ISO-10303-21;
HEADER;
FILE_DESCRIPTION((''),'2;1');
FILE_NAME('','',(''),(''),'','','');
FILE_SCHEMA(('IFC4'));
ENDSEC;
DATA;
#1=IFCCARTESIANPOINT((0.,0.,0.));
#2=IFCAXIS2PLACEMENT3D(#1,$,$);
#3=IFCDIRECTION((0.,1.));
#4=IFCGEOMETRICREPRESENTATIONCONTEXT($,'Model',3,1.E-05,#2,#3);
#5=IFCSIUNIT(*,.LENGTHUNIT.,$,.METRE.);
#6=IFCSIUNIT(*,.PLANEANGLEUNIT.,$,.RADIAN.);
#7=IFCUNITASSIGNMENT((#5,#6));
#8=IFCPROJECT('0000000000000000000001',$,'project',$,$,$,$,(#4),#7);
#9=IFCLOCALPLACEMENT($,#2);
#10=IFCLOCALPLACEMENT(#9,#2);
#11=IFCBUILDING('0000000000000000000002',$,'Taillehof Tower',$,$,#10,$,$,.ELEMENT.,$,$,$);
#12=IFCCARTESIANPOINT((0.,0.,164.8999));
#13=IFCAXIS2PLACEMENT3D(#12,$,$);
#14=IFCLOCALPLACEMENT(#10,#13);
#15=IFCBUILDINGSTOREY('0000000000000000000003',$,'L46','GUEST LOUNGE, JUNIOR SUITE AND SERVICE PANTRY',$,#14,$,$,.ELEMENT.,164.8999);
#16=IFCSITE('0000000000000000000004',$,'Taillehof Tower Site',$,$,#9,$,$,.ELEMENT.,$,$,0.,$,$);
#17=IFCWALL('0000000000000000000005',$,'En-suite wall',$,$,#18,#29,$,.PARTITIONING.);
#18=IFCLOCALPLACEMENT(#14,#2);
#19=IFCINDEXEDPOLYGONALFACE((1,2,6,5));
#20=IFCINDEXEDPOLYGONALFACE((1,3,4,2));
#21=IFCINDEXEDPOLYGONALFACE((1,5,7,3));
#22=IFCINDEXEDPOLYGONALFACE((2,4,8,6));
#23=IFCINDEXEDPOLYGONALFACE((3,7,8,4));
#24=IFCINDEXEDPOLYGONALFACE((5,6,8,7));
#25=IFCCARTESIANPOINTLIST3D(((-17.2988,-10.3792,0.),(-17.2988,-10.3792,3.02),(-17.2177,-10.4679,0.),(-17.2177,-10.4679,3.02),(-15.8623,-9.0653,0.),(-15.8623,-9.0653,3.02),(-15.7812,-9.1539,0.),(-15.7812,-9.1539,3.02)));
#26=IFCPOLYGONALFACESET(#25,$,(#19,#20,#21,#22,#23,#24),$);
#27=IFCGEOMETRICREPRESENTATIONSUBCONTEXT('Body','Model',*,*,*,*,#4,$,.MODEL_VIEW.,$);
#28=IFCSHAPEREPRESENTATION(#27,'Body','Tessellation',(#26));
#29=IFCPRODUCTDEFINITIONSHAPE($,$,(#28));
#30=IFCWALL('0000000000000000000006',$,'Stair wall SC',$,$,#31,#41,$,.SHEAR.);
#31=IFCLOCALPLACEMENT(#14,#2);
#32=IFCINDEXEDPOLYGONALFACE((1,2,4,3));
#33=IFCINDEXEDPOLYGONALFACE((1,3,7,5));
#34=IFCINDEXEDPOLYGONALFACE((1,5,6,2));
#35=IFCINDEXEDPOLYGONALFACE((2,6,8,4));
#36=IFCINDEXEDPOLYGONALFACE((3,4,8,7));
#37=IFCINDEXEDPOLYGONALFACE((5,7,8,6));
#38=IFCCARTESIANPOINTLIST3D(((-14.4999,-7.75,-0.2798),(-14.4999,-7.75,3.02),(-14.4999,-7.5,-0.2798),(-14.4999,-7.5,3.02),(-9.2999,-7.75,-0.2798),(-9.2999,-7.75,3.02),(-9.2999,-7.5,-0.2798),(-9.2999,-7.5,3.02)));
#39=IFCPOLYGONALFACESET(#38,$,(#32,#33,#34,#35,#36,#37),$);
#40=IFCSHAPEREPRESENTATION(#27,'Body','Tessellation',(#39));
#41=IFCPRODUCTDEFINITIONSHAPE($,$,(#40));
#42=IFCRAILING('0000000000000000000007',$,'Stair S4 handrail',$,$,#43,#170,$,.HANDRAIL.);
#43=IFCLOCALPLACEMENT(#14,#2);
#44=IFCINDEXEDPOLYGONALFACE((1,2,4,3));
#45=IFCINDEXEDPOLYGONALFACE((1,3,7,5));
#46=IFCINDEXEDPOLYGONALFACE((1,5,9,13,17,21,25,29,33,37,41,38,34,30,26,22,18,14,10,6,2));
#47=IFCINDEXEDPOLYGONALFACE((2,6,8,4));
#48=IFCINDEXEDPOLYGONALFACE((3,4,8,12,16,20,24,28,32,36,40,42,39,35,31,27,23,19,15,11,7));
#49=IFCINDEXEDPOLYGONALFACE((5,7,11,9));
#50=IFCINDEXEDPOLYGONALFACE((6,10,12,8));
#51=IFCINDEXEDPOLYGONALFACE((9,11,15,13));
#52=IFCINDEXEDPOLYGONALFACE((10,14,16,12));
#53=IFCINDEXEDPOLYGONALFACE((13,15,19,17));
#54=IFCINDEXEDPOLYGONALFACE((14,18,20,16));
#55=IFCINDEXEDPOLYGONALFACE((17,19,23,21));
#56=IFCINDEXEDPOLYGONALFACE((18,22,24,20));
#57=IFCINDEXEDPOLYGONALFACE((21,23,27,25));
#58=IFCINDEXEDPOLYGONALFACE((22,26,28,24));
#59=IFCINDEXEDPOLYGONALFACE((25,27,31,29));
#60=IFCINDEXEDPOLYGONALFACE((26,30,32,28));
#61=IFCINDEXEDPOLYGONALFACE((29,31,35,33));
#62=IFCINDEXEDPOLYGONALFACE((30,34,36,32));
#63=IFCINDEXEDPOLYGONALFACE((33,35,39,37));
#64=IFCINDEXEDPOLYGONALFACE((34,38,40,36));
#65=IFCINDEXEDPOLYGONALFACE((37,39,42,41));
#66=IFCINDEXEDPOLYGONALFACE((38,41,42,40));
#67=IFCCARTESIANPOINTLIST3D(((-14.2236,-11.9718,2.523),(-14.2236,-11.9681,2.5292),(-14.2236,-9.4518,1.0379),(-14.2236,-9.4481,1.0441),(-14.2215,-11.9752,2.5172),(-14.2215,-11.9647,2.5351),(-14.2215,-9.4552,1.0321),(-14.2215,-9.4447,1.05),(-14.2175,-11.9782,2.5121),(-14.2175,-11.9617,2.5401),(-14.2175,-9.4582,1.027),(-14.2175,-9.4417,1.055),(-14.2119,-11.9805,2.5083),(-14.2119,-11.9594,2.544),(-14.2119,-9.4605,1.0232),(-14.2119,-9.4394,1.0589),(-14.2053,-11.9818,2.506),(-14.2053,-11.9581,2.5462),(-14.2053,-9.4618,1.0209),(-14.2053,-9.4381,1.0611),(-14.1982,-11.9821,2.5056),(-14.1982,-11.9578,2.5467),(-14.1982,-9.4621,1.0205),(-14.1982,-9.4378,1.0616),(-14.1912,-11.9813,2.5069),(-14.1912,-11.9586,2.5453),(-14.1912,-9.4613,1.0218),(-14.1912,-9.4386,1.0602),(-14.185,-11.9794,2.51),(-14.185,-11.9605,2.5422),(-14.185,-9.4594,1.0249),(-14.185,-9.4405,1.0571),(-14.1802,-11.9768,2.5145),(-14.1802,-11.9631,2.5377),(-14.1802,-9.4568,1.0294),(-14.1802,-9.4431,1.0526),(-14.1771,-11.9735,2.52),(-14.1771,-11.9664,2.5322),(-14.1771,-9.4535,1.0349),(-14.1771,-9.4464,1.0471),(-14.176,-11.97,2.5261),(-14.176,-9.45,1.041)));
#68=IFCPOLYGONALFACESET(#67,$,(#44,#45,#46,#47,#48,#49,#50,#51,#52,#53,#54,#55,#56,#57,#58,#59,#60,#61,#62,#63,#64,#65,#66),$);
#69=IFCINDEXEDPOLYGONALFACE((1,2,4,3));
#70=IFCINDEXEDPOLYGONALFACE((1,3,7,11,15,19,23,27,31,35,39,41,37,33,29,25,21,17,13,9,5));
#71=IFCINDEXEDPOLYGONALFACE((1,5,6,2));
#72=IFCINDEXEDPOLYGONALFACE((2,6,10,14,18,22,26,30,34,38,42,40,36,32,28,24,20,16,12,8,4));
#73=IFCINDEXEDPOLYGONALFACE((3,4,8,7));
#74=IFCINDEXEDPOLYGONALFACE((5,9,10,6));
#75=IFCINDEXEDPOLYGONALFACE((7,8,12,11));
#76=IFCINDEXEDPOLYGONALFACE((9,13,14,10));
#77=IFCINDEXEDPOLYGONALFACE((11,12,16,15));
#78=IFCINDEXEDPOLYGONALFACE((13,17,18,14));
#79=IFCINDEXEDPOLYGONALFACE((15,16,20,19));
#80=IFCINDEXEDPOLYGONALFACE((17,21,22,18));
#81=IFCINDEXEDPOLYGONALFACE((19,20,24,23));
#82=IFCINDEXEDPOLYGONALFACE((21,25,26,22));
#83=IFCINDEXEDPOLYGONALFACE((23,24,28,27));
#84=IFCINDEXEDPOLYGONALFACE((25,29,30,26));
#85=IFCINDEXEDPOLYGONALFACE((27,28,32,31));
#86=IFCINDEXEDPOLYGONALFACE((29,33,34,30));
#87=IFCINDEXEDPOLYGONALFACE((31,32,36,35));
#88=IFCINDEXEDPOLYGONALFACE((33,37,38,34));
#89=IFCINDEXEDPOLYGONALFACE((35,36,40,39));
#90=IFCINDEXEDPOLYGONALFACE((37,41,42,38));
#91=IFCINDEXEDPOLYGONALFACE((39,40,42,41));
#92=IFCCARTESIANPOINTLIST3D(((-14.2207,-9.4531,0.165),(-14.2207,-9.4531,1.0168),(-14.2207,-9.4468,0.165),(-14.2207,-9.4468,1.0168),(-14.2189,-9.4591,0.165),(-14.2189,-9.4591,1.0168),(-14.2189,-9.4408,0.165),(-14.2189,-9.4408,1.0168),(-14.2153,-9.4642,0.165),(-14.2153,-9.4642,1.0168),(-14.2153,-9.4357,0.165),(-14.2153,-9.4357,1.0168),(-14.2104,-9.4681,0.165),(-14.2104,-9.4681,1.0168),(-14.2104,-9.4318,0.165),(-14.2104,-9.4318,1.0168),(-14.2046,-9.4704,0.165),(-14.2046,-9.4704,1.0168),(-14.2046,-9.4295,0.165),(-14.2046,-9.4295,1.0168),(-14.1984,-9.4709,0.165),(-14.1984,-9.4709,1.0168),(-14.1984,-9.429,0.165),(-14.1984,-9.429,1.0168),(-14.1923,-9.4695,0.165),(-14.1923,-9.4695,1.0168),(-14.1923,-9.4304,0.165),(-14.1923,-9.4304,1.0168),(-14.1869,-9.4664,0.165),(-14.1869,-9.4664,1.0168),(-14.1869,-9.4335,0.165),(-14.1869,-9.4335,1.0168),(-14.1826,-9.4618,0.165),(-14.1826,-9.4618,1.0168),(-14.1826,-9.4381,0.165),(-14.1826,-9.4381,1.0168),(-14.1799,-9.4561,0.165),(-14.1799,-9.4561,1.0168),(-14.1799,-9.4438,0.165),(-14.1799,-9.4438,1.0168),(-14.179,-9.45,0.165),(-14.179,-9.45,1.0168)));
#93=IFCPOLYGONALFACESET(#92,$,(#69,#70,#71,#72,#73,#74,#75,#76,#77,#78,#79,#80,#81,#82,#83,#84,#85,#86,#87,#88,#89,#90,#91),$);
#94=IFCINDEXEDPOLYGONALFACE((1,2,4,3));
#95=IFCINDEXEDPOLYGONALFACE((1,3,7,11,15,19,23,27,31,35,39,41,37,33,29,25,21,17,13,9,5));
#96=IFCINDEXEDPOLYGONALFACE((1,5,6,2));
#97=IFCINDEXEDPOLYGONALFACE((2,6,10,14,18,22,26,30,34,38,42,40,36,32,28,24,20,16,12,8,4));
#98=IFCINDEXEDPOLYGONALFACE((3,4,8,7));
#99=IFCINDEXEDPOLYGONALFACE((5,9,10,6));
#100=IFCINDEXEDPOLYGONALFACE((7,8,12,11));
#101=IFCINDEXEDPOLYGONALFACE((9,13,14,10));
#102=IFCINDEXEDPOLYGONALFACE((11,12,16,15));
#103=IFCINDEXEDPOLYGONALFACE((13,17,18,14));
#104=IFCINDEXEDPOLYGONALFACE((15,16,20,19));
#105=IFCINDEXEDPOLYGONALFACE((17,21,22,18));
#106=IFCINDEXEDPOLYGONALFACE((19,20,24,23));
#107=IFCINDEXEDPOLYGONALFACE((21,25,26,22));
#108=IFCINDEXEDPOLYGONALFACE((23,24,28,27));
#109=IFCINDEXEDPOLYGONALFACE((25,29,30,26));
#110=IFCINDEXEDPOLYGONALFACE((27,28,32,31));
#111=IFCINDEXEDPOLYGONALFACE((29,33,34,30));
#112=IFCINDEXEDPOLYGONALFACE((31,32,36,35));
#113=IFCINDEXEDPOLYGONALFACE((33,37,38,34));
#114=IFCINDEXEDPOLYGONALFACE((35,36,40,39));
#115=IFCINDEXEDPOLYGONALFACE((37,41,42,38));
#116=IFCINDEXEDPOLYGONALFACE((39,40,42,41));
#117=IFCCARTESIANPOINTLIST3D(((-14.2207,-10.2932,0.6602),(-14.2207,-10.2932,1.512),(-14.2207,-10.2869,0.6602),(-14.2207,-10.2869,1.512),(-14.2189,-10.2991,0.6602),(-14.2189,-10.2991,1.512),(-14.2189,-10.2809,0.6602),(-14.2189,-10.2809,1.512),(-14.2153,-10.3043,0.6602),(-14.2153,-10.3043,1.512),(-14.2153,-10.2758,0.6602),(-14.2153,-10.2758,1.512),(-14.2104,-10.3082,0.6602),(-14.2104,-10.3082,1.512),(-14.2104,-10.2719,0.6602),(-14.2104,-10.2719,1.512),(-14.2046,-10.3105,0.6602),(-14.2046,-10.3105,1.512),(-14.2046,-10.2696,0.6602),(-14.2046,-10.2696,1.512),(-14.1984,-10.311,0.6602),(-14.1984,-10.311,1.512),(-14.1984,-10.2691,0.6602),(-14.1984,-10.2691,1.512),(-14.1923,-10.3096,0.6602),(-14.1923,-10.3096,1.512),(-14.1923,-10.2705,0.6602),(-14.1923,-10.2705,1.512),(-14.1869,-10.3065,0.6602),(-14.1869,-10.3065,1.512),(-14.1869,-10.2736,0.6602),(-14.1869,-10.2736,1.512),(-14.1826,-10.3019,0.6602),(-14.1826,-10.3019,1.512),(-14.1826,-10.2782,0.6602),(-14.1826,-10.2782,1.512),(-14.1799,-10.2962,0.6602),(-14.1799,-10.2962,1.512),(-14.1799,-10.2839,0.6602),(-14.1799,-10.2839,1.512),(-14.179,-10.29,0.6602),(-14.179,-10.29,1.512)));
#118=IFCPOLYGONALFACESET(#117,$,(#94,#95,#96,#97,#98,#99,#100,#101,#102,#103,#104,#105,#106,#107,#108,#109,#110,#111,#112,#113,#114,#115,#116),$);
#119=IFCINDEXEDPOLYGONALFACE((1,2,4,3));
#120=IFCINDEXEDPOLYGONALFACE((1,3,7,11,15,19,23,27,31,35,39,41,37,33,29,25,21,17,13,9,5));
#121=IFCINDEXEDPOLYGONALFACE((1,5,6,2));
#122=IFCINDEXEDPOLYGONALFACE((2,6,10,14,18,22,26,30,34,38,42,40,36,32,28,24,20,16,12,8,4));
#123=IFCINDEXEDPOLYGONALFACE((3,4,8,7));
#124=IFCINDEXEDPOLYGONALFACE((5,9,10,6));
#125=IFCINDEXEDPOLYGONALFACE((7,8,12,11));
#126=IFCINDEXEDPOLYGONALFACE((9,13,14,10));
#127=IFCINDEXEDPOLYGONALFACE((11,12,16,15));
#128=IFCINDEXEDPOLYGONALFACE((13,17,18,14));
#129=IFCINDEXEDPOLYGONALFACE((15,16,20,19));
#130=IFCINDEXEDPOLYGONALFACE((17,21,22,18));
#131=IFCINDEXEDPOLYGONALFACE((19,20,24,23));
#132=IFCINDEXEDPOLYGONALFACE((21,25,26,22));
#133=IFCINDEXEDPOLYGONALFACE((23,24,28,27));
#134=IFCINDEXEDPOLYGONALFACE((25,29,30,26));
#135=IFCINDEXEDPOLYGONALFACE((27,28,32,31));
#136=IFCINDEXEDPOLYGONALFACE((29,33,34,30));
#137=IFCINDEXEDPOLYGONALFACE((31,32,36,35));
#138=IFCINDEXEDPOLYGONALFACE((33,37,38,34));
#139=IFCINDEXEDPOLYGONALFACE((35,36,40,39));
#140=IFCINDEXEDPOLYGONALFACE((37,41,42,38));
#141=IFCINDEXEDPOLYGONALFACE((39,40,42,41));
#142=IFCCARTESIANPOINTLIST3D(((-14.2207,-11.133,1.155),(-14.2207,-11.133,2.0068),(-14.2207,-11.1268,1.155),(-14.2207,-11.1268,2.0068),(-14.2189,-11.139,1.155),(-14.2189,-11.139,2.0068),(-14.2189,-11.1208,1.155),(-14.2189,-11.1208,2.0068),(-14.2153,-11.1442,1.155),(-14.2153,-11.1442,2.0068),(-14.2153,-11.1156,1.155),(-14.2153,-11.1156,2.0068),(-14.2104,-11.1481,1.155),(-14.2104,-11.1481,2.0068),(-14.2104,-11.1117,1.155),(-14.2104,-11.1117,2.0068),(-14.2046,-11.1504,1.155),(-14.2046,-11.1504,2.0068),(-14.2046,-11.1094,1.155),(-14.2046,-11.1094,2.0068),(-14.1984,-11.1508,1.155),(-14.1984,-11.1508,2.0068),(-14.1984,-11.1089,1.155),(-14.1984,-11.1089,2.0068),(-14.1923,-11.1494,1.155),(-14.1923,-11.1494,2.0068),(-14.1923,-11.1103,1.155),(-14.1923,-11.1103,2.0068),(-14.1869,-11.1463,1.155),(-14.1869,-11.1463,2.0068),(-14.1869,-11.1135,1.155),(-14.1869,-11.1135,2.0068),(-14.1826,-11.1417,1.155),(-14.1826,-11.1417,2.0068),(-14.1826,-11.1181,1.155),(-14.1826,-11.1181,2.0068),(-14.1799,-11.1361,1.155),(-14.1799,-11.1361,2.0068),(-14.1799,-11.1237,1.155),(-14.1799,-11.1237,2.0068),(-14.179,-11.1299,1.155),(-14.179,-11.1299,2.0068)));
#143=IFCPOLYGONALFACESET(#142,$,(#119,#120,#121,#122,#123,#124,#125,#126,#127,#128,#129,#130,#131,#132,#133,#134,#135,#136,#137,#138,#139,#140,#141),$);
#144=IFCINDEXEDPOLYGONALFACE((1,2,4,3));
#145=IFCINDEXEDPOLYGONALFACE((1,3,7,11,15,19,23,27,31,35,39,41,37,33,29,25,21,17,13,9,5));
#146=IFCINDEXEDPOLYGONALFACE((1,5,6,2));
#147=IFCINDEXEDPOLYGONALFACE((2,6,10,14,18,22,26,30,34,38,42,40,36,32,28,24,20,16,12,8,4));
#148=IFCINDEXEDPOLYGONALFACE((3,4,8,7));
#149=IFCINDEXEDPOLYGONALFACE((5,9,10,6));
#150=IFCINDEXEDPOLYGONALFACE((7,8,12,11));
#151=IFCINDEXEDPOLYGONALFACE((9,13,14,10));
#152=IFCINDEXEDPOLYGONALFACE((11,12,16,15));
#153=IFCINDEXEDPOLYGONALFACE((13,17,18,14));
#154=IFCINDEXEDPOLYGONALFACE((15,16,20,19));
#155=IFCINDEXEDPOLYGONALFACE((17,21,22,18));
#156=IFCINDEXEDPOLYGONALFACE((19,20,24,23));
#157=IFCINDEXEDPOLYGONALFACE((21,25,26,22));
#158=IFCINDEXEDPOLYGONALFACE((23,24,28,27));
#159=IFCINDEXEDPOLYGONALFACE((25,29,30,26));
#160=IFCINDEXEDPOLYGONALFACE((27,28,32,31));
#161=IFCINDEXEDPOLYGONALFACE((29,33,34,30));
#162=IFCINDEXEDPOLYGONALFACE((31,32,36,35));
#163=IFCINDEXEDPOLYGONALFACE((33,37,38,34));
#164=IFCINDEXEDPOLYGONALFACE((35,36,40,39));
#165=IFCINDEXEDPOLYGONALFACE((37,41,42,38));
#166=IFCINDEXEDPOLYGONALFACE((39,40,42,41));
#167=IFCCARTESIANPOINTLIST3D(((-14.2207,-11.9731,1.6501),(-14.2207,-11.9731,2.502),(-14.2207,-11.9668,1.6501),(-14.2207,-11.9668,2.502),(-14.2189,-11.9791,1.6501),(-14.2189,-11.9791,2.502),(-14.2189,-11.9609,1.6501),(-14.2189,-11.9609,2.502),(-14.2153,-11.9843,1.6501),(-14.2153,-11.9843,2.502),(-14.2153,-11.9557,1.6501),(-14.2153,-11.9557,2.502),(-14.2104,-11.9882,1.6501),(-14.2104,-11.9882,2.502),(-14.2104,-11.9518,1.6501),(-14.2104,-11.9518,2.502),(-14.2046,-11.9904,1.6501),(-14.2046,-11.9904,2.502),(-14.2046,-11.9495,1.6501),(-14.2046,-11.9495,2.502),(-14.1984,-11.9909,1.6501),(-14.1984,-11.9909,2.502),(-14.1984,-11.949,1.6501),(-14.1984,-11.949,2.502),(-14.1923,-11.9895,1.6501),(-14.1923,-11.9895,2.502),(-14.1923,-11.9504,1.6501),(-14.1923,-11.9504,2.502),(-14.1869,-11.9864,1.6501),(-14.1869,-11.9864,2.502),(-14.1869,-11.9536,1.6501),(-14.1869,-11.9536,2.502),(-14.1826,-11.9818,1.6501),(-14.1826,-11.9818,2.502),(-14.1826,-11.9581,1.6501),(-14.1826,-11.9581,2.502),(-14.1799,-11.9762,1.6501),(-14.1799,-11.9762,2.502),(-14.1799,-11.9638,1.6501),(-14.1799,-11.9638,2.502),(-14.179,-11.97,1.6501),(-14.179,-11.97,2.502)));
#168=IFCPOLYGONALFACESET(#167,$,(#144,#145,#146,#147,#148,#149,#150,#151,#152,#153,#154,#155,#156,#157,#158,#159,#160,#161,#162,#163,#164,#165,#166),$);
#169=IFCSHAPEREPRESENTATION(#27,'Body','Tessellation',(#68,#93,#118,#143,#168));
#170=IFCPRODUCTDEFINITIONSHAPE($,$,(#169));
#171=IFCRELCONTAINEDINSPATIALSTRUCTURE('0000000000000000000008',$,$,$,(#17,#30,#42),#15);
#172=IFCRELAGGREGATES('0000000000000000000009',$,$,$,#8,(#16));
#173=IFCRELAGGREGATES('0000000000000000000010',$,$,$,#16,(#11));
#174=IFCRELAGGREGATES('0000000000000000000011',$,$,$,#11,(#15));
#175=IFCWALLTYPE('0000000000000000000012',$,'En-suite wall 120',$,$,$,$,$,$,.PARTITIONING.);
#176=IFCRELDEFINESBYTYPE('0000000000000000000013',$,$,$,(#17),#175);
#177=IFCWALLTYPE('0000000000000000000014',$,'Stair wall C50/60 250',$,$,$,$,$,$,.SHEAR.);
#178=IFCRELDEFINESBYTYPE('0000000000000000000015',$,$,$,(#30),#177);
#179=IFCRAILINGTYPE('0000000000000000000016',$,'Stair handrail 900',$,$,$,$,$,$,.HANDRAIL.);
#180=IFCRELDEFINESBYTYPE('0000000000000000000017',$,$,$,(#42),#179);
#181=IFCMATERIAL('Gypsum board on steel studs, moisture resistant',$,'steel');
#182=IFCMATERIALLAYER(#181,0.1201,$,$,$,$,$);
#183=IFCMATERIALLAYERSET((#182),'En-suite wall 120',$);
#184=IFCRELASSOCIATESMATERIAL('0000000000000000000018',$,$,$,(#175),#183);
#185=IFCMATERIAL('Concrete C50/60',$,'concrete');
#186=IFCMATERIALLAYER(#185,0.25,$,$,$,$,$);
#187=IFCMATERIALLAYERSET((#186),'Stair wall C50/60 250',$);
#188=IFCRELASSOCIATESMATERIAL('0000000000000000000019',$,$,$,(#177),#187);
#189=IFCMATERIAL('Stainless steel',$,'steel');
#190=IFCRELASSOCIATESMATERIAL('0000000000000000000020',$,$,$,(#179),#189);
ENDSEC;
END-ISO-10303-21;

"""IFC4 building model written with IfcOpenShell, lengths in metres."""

from ifc_helpers import new_model, si_unit, direction, frame, frame_2d, origin, origin_2d, place, context, subcontext, project, spatial, rectangle, circle, extrude, material, layer, layer_set, type_object, element, save


model = new_model("IFC4")

# Units and contexts
model_context = context("Model", 3, precision=1e-05, world=origin(), true_north=direction((0.0, 1.0)))
body_context = subcontext(model_context, "Body", "Model", "MODEL_VIEW")
ifc_project = project(units=[si_unit("LENGTHUNIT", "METRE"), si_unit("PLANEANGLEUNIT", "RADIAN")], contexts=[model_context])

# Site, building, storey
site_placement = place(None, origin())
site = spatial("IfcSite", under=ifc_project, at=site_placement, Name="Taillehof Tower Site", CompositionType="ELEMENT", RefElevation=0.0)
building_placement = place(site_placement, origin())
building = spatial("IfcBuilding", under=site, at=building_placement, Name="Taillehof Tower", CompositionType="ELEMENT")
storey_placement = place(building_placement, frame((0.0, 0.0, 164.8999)))
storey = spatial("IfcBuildingStorey", under=building, at=storey_placement, Name="L46", Description="GUEST LOUNGE, JUNIOR SUITE AND SERVICE PANTRY", CompositionType="ELEMENT", Elevation=164.8999)

# Walls
ifc_material_1 = material(Name="Gypsum board on steel studs, moisture resistant", Category="steel")
ifc_layer_1 = layer(ifc_material_1, 0.1201)
ifc_layer_set_1 = layer_set([ifc_layer_1], Name="En-suite wall 120")
wall_type_1 = type_object("IfcWallType", Name="En-suite wall 120", PredefinedType="PARTITIONING", material=ifc_layer_set_1)
wall_1_placement = place(storey_placement, frame((-15.8218, -9.1096, 0.0), z_axis=(0.0, 0.0, 1.0), x_axis=(-0.737882, -0.674929, 0.0)))
element("IfcWall", 1, at=wall_1_placement, inside=storey, type_object=wall_type_1, Name="En-suite wall", PredefinedType="PARTITIONING", context=body_context, shape_type="SweptSolid", body=[
    extrude(rectangle(XDim=1.9468, YDim=0.1201, at=frame_2d((0.9734, 0.0))), origin(), (0.0, 0.0, 1.0), 3.02),
])
ifc_material_2 = material(Name="Concrete C50/60", Category="concrete")
ifc_layer_2 = layer(ifc_material_2, 0.25)
ifc_layer_set_2 = layer_set([ifc_layer_2], Name="Stair wall C50/60 250")
wall_type_2 = type_object("IfcWallType", Name="Stair wall C50/60 250", PredefinedType="SHEAR", material=ifc_layer_set_2)
wall_2_placement = place(storey_placement, frame((-14.5, -7.625, -0.2798), z_axis=(0.0, 0.0, 1.0), x_axis=(1.0, 0.0, 0.0)))
element("IfcWall", 2, at=wall_2_placement, inside=storey, type_object=wall_type_2, Name="Stair wall SC", PredefinedType="SHEAR", context=body_context, shape_type="SweptSolid", body=[
    extrude(rectangle(XDim=5.2, YDim=0.25, at=frame_2d((2.6001, 0.0))), origin(), (0.0, 0.0, 1.0), 3.2998),
])

# Railing
ifc_material_3 = material(Name="Stainless steel", Category="steel")
railing_type = type_object("IfcRailingType", Name="Stair handrail 900", PredefinedType="HANDRAIL", material=ifc_material_3)
railing_placement = place(storey_placement, frame((-14.2, -9.45, 0.165)))
element("IfcRailing", 3, at=railing_placement, inside=storey, type_object=railing_type, Name="Stair S4 handrail", PredefinedType="HANDRAIL", context=body_context, shape_type="SweptSolid", body=[
    extrude(circle(Radius=0.0239, at=origin_2d()), frame((0.0, 0.0, 0.876), z_axis=(0.0, -0.861524, 0.507717), x_axis=(1.0, 0.0, 0.0)), (0.0, 0.0, 1.0), 2.925),
    extrude(circle(Radius=0.021, at=origin_2d()), origin(), (0.0, 0.0, 1.0), 0.8518),
    extrude(circle(Radius=0.021, at=origin_2d()), frame((0.0, -0.8401, 0.4951)), (0.0, 0.0, 1.0), 0.8518),
    extrude(circle(Radius=0.021, at=origin_2d()), frame((0.0, -1.6799, 0.99)), (0.0, 0.0, 1.0), 0.8518),
    extrude(circle(Radius=0.021, at=origin_2d()), frame((0.0, -2.52, 1.4851)), (0.0, 0.0, 1.0), 0.8518),
])

save(model, "model.ifc")
